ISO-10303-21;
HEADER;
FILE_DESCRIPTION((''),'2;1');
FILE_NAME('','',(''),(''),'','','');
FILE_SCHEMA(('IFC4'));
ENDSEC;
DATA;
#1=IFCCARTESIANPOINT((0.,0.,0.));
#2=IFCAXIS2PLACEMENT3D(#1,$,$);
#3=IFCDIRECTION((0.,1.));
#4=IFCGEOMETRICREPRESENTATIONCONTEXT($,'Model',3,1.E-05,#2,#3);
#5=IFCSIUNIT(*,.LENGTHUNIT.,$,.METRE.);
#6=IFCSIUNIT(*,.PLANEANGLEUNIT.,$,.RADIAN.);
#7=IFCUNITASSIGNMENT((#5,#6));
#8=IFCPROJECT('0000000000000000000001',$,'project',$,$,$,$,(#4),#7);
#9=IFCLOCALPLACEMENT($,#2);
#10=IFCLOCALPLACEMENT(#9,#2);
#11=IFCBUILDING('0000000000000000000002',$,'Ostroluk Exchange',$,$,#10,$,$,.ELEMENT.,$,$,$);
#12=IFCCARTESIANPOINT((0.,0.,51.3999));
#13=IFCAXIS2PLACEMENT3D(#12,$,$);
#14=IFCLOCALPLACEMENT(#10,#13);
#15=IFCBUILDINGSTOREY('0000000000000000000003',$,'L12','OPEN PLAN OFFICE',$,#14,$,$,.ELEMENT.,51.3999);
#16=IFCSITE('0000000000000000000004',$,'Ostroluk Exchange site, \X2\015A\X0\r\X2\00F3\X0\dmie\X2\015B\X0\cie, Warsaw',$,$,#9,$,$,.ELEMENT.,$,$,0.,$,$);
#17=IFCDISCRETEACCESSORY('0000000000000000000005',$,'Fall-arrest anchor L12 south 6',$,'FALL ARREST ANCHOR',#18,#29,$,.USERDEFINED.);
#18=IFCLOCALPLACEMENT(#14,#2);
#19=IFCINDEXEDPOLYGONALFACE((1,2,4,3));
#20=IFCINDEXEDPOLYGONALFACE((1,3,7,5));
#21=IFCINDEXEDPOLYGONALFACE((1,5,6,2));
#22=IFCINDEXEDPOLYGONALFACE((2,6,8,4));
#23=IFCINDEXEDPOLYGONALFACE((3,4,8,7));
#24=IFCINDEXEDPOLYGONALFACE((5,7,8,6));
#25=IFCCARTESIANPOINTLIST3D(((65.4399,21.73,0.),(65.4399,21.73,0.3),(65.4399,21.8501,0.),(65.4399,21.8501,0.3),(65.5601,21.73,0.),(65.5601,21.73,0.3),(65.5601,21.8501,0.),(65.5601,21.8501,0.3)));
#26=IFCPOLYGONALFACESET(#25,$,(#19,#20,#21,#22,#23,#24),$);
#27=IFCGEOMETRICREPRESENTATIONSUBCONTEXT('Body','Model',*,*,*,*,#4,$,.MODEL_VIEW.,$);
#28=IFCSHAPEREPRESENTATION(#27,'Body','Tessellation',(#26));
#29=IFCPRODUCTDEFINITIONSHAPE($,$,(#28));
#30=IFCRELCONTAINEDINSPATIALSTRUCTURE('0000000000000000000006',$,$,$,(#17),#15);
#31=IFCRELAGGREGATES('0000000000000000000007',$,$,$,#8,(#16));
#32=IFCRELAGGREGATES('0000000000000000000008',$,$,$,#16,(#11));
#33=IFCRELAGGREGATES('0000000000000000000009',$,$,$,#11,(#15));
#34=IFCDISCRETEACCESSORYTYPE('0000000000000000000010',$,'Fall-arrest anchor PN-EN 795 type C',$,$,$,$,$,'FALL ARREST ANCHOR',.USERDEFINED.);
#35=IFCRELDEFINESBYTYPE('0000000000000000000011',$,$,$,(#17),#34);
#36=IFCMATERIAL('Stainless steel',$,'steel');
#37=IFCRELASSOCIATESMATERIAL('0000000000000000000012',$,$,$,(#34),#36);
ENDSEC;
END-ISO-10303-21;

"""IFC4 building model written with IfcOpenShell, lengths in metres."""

from ifc_helpers import new_model, si_unit, direction, frame, origin, origin_2d, place, context, subcontext, project, spatial, rectangle, extrude, material, type_object, element, save


model = new_model("IFC4")

# Units and contexts
model_context = context("Model", 3, precision=1e-05, world=origin(), true_north=direction((0.0, 1.0)))
body_context = subcontext(model_context, "Body", "Model", "MODEL_VIEW")
ifc_project = project(units=[si_unit("LENGTHUNIT", "METRE"), si_unit("PLANEANGLEUNIT", "RADIAN")], contexts=[model_context])

# Site, building, storey
site_placement = place(None, origin())
site = spatial("IfcSite", under=ifc_project, at=site_placement, Name="Ostroluk Exchange site, Śródmieście, Warsaw", CompositionType="ELEMENT", RefElevation=0.0)
building_placement = place(site_placement, origin())
building = spatial("IfcBuilding", under=site, at=building_placement, Name="Ostroluk Exchange", CompositionType="ELEMENT")
storey_placement = place(building_placement, frame((0.0, 0.0, 51.3999)))
storey = spatial("IfcBuildingStorey", under=building, at=storey_placement, Name="L12", Description="OPEN PLAN OFFICE", CompositionType="ELEMENT", Elevation=51.3999)

# Discrete accessory
ifc_material_1 = material(Name="Stainless steel", Category="steel")
discrete_accessory_type = type_object("IfcDiscreteAccessoryType", Name="Fall-arrest anchor PN-EN 795 type C", ElementType="FALL ARREST ANCHOR", PredefinedType="USERDEFINED", material=ifc_material_1)
for number, where, z_axis, x_axis, name in (
    (1, (65.5, 21.79, 0.0), (0.0, 0.0, 1.0), (1.0, 0.0, 0.0), "Fall-arrest anchor L12 south 6"),
):
    element("IfcDiscreteAccessory", number, at=place(storey_placement, frame(where, z_axis=z_axis, x_axis=x_axis)), inside=storey, type_object=discrete_accessory_type, Name=name, ObjectType="FALL ARREST ANCHOR", PredefinedType="USERDEFINED", context=body_context, shape_type="SweptSolid", body=[
        extrude(rectangle(XDim=0.1201, YDim=0.1201, at=origin_2d()), origin(), (0.0, 0.0, 1.0), 0.3),
    ])

save(model, "model.ifc")
